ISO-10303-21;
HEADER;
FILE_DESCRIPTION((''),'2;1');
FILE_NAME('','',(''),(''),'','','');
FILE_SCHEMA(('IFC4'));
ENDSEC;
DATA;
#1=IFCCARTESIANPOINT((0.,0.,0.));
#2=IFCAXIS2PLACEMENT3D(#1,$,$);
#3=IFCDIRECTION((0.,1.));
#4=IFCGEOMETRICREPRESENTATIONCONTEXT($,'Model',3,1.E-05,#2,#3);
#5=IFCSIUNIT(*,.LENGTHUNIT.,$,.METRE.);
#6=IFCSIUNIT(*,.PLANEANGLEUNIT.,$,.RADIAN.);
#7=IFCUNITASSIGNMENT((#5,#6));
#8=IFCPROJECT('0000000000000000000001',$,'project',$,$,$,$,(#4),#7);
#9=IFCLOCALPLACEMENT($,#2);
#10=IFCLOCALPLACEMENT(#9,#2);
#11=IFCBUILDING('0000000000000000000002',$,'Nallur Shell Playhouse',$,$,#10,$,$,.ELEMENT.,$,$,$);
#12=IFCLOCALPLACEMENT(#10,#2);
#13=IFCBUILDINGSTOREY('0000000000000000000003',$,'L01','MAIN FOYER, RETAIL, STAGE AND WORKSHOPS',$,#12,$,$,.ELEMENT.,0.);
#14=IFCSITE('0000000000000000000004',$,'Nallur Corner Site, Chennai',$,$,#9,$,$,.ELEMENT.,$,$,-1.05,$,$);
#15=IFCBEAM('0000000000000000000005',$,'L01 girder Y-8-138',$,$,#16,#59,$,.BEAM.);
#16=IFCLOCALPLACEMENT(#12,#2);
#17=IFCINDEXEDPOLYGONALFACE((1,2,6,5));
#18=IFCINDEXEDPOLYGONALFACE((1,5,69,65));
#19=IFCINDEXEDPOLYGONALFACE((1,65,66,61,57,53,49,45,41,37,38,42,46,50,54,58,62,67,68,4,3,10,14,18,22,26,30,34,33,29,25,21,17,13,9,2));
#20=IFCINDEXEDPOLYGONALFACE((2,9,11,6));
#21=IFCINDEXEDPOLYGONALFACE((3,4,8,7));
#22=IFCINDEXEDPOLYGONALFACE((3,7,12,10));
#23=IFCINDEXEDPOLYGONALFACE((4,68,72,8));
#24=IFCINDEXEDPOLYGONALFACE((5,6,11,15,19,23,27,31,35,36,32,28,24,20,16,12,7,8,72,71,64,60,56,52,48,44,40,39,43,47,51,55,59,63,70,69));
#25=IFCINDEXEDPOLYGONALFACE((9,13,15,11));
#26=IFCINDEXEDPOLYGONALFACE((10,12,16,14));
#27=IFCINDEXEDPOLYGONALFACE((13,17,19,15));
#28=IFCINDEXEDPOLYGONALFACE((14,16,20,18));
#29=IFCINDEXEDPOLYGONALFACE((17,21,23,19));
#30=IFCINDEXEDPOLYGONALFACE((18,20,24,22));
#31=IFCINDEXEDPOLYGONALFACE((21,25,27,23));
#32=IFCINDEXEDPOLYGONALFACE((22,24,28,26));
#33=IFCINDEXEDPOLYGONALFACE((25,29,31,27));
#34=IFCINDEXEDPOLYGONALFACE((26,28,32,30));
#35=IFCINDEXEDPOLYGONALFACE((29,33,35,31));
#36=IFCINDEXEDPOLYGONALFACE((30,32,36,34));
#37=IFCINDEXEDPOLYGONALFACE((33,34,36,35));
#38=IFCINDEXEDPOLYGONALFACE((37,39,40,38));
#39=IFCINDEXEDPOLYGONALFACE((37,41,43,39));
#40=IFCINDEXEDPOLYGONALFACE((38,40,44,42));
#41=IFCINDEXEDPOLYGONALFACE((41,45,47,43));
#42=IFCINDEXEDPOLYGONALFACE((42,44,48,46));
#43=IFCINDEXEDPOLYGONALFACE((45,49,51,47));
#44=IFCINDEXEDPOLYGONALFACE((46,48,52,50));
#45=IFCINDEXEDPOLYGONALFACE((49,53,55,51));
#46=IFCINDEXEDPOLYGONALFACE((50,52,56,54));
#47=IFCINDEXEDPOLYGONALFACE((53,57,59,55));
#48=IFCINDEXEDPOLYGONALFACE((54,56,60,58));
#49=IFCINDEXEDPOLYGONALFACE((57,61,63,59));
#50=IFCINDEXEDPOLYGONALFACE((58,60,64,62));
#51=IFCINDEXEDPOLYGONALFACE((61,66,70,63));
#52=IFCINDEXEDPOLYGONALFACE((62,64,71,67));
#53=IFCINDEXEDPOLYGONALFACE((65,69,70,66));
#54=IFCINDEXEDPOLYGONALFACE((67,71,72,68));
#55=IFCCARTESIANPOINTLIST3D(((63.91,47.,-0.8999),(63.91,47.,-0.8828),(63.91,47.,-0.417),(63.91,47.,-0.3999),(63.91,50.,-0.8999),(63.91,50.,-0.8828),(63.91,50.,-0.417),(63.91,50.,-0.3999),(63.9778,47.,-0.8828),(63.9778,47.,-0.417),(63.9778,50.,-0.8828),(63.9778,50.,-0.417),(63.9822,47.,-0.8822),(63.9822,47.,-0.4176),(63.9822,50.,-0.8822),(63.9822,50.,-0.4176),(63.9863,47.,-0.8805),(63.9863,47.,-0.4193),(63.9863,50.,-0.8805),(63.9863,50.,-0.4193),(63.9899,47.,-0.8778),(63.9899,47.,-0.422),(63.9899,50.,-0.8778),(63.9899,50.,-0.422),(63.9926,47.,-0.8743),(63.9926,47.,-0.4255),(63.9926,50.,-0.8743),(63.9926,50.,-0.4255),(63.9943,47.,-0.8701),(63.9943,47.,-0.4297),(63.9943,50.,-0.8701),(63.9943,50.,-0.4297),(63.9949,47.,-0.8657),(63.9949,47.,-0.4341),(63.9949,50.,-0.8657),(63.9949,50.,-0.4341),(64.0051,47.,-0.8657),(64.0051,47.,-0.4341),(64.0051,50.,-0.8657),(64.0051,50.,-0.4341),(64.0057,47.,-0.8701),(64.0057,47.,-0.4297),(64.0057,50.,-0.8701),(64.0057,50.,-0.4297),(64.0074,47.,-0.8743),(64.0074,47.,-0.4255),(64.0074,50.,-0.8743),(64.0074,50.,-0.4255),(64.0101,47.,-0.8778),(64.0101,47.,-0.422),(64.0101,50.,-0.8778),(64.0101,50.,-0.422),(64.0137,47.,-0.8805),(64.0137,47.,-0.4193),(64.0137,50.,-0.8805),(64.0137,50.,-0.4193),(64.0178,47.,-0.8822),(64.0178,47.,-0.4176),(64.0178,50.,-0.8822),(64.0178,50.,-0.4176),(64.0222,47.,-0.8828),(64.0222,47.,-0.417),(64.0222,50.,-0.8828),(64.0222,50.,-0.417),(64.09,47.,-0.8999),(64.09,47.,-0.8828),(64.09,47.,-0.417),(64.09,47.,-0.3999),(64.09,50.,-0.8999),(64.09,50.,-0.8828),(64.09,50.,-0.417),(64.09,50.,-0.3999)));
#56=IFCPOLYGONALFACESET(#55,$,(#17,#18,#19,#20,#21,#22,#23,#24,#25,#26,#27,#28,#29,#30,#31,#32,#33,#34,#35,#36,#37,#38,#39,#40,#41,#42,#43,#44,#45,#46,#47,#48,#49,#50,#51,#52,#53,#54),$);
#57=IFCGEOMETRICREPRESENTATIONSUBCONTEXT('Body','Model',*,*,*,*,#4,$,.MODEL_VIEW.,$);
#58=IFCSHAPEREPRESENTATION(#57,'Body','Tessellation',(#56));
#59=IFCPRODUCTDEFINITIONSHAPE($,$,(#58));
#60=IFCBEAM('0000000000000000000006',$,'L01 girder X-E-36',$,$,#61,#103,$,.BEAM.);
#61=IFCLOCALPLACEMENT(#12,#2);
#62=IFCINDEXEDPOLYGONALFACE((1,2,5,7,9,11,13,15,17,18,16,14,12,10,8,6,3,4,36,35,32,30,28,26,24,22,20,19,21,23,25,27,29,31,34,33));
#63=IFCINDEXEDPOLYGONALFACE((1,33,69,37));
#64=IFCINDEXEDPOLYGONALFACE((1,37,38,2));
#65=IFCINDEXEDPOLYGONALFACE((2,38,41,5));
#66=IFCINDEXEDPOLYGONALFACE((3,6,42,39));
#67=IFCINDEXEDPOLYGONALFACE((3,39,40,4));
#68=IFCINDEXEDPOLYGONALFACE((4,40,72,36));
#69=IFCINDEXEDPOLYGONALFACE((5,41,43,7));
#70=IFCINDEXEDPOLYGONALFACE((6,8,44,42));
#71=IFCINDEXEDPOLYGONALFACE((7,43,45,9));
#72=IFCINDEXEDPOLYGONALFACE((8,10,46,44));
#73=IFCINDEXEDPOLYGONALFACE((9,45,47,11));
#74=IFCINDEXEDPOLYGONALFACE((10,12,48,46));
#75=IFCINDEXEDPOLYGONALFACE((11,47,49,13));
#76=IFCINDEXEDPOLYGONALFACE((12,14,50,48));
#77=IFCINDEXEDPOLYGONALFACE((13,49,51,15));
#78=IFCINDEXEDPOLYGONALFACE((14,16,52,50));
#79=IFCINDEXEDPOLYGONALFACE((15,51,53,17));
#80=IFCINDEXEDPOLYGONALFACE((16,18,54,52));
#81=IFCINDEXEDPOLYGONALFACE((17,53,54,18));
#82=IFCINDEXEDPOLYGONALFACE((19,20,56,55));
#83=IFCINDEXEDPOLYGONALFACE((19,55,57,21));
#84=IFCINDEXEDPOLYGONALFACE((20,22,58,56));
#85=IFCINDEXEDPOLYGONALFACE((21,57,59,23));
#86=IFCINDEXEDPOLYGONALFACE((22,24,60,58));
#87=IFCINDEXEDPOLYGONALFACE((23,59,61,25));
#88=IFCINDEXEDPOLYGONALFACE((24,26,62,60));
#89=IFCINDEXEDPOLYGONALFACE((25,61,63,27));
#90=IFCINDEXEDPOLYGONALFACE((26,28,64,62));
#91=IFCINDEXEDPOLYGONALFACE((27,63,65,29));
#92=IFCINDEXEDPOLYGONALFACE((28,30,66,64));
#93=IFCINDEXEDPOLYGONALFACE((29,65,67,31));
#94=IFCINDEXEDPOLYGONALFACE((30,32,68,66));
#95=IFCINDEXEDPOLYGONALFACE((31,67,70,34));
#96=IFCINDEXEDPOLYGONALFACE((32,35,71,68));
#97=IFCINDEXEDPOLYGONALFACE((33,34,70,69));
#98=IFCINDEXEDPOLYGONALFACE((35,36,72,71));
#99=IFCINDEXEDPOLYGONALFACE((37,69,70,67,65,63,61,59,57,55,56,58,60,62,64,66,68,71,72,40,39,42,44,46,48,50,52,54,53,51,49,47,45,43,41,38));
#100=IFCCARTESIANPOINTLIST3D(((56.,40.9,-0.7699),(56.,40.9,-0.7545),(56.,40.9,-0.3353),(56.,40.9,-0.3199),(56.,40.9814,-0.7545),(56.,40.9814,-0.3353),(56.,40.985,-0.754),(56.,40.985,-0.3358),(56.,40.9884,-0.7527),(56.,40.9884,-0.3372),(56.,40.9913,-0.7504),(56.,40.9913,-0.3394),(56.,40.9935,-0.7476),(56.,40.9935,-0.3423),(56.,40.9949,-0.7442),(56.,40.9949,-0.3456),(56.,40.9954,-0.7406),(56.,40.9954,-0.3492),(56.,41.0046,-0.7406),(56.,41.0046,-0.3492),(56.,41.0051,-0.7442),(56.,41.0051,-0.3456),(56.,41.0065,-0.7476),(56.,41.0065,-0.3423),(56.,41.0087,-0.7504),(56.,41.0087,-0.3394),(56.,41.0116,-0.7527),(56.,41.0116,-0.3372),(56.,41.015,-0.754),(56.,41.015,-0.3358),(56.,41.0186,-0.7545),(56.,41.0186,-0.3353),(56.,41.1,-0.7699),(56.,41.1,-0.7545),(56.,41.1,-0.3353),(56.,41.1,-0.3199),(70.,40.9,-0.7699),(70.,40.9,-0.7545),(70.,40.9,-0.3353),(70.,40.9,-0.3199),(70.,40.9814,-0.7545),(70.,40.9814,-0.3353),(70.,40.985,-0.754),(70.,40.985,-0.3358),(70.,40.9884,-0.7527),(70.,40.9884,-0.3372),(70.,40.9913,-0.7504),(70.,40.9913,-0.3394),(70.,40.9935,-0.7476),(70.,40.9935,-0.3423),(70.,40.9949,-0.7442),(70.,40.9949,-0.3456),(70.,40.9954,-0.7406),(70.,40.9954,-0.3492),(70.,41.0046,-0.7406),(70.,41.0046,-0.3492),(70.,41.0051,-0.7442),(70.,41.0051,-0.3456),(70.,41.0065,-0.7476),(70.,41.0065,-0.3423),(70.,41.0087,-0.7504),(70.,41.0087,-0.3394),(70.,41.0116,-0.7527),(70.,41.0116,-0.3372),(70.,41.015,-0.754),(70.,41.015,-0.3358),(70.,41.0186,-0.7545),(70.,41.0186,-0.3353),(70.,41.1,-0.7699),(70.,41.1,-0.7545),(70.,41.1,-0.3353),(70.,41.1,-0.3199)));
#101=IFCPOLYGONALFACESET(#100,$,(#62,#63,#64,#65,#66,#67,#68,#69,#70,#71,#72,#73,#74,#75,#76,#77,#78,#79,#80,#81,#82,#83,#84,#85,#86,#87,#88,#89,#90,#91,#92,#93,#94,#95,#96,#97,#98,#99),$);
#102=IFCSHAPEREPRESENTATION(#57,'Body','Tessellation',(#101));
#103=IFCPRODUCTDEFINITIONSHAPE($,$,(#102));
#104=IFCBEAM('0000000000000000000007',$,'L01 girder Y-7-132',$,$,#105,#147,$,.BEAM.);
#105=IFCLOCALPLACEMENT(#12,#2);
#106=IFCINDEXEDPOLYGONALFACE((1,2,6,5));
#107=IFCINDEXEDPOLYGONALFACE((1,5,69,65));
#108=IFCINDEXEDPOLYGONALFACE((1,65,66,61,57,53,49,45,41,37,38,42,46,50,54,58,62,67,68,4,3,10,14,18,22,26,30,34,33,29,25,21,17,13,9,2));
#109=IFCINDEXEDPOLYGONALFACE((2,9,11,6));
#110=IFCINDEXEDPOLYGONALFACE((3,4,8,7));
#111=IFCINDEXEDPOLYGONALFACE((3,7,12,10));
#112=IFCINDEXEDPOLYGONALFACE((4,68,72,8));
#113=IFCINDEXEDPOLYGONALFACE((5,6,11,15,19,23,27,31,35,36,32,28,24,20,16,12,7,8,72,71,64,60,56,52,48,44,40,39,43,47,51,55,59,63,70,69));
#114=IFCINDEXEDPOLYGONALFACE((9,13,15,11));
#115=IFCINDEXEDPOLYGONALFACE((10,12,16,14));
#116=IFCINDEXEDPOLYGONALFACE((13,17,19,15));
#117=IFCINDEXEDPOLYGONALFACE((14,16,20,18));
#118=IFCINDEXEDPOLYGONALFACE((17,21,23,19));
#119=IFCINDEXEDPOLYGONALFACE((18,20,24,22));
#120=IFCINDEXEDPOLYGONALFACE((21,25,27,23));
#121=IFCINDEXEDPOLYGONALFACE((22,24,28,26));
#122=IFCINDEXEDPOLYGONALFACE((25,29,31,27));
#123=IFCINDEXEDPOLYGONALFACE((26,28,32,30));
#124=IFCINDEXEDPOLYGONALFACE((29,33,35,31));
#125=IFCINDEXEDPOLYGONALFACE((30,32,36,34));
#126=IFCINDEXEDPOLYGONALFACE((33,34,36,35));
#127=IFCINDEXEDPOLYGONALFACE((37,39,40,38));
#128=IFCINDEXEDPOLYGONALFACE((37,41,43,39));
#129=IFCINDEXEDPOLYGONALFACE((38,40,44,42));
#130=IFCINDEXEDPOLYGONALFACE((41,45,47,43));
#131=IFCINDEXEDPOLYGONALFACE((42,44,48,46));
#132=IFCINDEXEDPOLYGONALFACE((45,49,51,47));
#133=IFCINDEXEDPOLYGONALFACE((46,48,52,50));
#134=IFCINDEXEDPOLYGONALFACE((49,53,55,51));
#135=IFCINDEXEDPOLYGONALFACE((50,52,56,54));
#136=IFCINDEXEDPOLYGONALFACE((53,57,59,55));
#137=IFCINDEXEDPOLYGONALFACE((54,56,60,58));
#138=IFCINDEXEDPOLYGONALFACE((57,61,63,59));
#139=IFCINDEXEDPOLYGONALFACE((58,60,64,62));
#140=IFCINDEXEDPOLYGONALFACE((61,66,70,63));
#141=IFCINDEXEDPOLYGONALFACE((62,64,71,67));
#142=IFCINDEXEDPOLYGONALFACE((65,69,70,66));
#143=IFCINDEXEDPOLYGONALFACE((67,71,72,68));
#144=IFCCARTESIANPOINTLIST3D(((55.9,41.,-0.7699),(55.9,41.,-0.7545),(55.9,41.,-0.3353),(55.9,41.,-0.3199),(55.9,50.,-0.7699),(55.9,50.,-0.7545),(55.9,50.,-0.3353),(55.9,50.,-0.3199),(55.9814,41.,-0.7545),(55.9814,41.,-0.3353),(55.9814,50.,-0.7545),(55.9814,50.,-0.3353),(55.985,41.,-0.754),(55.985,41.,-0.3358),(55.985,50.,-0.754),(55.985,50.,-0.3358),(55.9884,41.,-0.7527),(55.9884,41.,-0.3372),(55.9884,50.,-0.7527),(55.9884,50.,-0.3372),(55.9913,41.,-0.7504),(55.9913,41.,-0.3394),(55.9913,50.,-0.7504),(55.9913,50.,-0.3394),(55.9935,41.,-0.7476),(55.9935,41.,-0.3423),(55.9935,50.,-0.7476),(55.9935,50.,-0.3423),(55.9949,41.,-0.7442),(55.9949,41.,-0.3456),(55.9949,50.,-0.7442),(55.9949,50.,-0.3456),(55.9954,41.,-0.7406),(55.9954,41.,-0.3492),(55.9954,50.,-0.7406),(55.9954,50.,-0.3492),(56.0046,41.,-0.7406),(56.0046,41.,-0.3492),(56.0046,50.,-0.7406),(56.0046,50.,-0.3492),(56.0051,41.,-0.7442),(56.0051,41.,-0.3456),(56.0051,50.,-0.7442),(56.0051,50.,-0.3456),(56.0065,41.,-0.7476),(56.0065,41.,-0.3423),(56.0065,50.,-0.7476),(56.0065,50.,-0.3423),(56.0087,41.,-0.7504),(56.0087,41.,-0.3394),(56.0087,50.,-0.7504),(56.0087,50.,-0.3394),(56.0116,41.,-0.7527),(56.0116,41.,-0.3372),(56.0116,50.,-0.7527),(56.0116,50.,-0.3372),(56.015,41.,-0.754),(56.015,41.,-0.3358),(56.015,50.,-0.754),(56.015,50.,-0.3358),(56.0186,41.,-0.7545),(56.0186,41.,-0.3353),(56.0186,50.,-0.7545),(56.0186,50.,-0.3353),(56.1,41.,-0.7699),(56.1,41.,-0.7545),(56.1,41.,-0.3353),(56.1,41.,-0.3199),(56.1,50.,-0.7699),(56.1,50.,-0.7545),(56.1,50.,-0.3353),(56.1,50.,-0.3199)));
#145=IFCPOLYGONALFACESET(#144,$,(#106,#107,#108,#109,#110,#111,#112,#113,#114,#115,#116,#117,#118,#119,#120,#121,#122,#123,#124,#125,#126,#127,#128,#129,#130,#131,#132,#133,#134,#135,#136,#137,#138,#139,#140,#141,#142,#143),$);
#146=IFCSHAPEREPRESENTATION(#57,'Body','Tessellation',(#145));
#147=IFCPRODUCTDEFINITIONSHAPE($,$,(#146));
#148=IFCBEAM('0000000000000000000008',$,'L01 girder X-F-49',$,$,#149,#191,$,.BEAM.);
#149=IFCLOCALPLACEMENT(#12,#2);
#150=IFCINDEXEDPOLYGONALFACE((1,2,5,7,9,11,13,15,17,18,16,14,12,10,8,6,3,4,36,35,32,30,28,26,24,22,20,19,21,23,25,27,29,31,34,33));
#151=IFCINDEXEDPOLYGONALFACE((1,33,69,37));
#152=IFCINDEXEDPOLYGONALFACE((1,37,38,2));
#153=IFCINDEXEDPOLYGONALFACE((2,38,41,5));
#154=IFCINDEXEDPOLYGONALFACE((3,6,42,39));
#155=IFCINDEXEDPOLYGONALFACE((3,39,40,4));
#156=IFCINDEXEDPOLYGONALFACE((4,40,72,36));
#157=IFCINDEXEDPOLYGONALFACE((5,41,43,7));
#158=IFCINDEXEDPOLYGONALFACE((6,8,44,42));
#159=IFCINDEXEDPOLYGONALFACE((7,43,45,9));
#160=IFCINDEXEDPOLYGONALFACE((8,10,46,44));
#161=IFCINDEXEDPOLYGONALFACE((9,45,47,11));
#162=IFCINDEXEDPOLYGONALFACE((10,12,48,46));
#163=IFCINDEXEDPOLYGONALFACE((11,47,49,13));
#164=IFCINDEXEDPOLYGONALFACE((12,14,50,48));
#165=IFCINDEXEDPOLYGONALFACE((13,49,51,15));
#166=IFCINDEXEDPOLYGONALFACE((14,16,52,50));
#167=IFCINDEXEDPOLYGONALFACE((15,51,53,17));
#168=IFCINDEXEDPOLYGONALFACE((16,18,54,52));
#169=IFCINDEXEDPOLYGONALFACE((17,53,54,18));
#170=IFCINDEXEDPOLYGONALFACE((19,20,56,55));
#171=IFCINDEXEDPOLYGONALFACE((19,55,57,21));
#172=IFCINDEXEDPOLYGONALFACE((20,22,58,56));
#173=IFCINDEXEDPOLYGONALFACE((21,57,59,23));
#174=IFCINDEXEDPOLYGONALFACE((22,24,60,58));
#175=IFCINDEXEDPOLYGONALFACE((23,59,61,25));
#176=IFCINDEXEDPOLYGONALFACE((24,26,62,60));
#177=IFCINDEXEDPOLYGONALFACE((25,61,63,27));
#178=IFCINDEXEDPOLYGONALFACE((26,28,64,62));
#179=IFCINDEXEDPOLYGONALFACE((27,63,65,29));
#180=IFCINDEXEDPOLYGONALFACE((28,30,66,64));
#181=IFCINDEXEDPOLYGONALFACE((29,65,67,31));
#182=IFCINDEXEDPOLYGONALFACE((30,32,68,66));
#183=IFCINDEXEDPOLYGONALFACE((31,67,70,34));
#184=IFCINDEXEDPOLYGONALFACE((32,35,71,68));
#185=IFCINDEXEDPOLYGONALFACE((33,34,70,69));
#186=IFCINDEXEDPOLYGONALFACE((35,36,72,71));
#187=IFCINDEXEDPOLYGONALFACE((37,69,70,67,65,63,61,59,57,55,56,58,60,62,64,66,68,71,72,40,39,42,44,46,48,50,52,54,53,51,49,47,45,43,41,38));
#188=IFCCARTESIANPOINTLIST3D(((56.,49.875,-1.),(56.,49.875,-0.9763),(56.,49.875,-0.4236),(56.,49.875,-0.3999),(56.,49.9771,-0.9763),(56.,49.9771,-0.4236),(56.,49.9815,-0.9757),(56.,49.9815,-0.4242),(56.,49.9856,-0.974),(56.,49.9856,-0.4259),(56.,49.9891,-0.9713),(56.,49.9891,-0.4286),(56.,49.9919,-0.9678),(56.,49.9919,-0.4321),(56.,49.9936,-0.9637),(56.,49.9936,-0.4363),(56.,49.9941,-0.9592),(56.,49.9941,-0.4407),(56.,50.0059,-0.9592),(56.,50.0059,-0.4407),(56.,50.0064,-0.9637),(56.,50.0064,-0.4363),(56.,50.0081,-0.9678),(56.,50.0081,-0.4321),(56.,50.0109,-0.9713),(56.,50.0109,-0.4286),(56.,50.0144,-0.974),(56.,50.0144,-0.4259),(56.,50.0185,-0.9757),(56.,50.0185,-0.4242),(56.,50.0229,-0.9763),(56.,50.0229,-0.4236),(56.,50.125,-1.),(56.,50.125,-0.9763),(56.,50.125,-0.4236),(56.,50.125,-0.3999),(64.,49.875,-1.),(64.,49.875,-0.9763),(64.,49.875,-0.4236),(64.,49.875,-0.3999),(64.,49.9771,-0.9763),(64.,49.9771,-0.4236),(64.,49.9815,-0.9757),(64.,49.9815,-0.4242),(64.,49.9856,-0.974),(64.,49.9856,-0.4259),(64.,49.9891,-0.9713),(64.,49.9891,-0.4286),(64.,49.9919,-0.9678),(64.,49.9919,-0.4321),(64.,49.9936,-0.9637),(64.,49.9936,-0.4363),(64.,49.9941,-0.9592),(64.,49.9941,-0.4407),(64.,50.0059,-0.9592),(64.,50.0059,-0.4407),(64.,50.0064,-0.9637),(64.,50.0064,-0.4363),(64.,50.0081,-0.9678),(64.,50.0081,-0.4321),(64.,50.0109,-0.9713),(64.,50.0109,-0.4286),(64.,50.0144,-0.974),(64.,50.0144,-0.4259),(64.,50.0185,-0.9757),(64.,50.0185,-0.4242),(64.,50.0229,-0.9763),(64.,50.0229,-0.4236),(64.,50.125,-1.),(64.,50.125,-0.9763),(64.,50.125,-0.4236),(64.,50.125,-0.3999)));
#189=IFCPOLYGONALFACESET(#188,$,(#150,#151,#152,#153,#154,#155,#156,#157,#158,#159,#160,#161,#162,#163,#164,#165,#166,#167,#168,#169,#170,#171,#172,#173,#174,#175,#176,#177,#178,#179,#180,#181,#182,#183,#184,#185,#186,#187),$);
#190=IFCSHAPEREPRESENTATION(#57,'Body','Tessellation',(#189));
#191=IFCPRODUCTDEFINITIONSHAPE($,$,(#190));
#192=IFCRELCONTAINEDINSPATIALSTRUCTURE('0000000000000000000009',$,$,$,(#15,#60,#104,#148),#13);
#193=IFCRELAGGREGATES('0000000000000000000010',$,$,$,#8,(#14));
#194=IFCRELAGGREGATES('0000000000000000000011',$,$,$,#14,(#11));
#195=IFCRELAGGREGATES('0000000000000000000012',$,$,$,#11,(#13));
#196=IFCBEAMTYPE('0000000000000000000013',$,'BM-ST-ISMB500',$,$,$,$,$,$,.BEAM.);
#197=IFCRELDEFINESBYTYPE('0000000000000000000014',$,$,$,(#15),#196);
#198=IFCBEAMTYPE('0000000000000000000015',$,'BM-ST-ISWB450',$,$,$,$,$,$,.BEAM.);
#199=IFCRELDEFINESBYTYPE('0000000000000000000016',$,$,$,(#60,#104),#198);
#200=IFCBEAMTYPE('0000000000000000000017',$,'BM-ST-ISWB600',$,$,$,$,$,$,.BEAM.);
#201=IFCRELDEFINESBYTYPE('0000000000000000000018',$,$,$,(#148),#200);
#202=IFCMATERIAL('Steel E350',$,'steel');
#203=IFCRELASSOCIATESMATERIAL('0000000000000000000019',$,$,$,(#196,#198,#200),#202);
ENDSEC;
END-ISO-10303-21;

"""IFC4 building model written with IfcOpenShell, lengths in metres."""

from ifc_helpers import new_model, si_unit, direction, frame, origin, origin_2d, place, context, subcontext, project, spatial, i_section, extrude, material, material_profile, profile_set, type_object, element, save


model = new_model("IFC4")

# Units and contexts
model_context = context("Model", 3, precision=1e-05, world=origin(), true_north=direction((0.0, 1.0)))
body_context = subcontext(model_context, "Body", "Model", "MODEL_VIEW")
ifc_project = project(units=[si_unit("LENGTHUNIT", "METRE"), si_unit("PLANEANGLEUNIT", "RADIAN")], contexts=[model_context])

# Site, building, storey
site_placement = place(None, origin())
site = spatial("IfcSite", under=ifc_project, at=site_placement, Name="Nallur Corner Site, Chennai", CompositionType="ELEMENT", RefElevation=-1.05)
building_placement = place(site_placement, origin())
building = spatial("IfcBuilding", under=site, at=building_placement, Name="Nallur Shell Playhouse", CompositionType="ELEMENT")
storey_placement = place(building_placement, origin())
storey = spatial("IfcBuildingStorey", under=building, at=storey_placement, Name="L01", Description="MAIN FOYER, RETAIL, STAGE AND WORKSHOPS", CompositionType="ELEMENT", Elevation=0.0)

# Shared definitions
ifc_material_1 = material(Name="Steel E350", Category="steel")

# Beams
ifc_material_profile_1 = material_profile(ifc_material_1, i_section(OverallWidth=0.1799, OverallDepth=0.5, WebThickness=0.0103, FlangeThickness=0.0171, FilletRadius=0.0171, at=origin_2d()), Name="ISMB 500")
ifc_profile_set_1 = profile_set([ifc_material_profile_1], Name="Steel E350")
beam_type_1 = type_object("IfcBeamType", Name="BM-ST-ISMB500", PredefinedType="BEAM", material=ifc_profile_set_1)
beam_1_placement = place(storey_placement, frame((64.0, 47.0, -0.6499), z_axis=(0.0, 1.0, 0.0), x_axis=(-1.0, 0.0, 0.0)))
element("IfcBeam", 1, at=beam_1_placement, inside=storey, type_object=beam_type_1, Name="L01 girder Y-8-138", PredefinedType="BEAM", context=body_context, shape_type="SweptSolid", body=[
    extrude(i_section(OverallWidth=0.1799, OverallDepth=0.5, WebThickness=0.0103, FlangeThickness=0.0171, FilletRadius=0.0171, at=origin_2d()), origin(), (0.0, 0.0, 1.0), 3.0),
])
ifc_material_profile_2 = material_profile(ifc_material_1, i_section(OverallWidth=0.2, OverallDepth=0.45, WebThickness=0.0093, FlangeThickness=0.0154, FilletRadius=0.0139, at=origin_2d()), Name="ISWB 450")
ifc_profile_set_2 = profile_set([ifc_material_profile_2], Name="Steel E350")
beam_type_2 = type_object("IfcBeamType", Name="BM-ST-ISWB450", PredefinedType="BEAM", material=ifc_profile_set_2)
beam_2_placement = place(storey_placement, frame((56.0, 41.0, -0.5449), z_axis=(1.0, 0.0, 0.0), x_axis=(0.0, 1.0, 0.0)))
element("IfcBeam", 2, at=beam_2_placement, inside=storey, type_object=beam_type_2, Name="L01 girder X-E-36", PredefinedType="BEAM", context=body_context, shape_type="SweptSolid", body=[
    extrude(i_section(OverallWidth=0.2, OverallDepth=0.45, WebThickness=0.0093, FlangeThickness=0.0154, FilletRadius=0.0139, at=origin_2d()), origin(), (0.0, 0.0, 1.0), 14.0),
])
beam_3_placement = place(storey_placement, frame((56.0, 41.0, -0.5449), z_axis=(0.0, 1.0, 0.0), x_axis=(-1.0, 0.0, 0.0)))
element("IfcBeam", 3, at=beam_3_placement, inside=storey, type_object=beam_type_2, Name="L01 girder Y-7-132", PredefinedType="BEAM", context=body_context, shape_type="SweptSolid", body=[
    extrude(i_section(OverallWidth=0.2, OverallDepth=0.45, WebThickness=0.0093, FlangeThickness=0.0154, FilletRadius=0.0139, at=origin_2d()), origin(), (0.0, 0.0, 1.0), 9.0),
])
ifc_material_profile_3 = material_profile(ifc_material_1, i_section(OverallWidth=0.25, OverallDepth=0.6001, WebThickness=0.0117, FlangeThickness=0.0237, FilletRadius=0.0171, at=origin_2d()), Name="ISWB 600")
ifc_profile_set_3 = profile_set([ifc_material_profile_3], Name="Steel E350")
beam_type_3 = type_object("IfcBeamType", Name="BM-ST-ISWB600", PredefinedType="BEAM", material=ifc_profile_set_3)
beam_4_placement = place(storey_placement, frame((56.0, 50.0, -0.7), z_axis=(1.0, 0.0, 0.0), x_axis=(0.0, 1.0, 0.0)))
element("IfcBeam", 4, at=beam_4_placement, inside=storey, type_object=beam_type_3, Name="L01 girder X-F-49", PredefinedType="BEAM", context=body_context, shape_type="SweptSolid", body=[
    extrude(i_section(OverallWidth=0.25, OverallDepth=0.6001, WebThickness=0.0117, FlangeThickness=0.0237, FilletRadius=0.0171, at=origin_2d()), origin(), (0.0, 0.0, 1.0), 8.0),
])

save(model, "model.ifc")
